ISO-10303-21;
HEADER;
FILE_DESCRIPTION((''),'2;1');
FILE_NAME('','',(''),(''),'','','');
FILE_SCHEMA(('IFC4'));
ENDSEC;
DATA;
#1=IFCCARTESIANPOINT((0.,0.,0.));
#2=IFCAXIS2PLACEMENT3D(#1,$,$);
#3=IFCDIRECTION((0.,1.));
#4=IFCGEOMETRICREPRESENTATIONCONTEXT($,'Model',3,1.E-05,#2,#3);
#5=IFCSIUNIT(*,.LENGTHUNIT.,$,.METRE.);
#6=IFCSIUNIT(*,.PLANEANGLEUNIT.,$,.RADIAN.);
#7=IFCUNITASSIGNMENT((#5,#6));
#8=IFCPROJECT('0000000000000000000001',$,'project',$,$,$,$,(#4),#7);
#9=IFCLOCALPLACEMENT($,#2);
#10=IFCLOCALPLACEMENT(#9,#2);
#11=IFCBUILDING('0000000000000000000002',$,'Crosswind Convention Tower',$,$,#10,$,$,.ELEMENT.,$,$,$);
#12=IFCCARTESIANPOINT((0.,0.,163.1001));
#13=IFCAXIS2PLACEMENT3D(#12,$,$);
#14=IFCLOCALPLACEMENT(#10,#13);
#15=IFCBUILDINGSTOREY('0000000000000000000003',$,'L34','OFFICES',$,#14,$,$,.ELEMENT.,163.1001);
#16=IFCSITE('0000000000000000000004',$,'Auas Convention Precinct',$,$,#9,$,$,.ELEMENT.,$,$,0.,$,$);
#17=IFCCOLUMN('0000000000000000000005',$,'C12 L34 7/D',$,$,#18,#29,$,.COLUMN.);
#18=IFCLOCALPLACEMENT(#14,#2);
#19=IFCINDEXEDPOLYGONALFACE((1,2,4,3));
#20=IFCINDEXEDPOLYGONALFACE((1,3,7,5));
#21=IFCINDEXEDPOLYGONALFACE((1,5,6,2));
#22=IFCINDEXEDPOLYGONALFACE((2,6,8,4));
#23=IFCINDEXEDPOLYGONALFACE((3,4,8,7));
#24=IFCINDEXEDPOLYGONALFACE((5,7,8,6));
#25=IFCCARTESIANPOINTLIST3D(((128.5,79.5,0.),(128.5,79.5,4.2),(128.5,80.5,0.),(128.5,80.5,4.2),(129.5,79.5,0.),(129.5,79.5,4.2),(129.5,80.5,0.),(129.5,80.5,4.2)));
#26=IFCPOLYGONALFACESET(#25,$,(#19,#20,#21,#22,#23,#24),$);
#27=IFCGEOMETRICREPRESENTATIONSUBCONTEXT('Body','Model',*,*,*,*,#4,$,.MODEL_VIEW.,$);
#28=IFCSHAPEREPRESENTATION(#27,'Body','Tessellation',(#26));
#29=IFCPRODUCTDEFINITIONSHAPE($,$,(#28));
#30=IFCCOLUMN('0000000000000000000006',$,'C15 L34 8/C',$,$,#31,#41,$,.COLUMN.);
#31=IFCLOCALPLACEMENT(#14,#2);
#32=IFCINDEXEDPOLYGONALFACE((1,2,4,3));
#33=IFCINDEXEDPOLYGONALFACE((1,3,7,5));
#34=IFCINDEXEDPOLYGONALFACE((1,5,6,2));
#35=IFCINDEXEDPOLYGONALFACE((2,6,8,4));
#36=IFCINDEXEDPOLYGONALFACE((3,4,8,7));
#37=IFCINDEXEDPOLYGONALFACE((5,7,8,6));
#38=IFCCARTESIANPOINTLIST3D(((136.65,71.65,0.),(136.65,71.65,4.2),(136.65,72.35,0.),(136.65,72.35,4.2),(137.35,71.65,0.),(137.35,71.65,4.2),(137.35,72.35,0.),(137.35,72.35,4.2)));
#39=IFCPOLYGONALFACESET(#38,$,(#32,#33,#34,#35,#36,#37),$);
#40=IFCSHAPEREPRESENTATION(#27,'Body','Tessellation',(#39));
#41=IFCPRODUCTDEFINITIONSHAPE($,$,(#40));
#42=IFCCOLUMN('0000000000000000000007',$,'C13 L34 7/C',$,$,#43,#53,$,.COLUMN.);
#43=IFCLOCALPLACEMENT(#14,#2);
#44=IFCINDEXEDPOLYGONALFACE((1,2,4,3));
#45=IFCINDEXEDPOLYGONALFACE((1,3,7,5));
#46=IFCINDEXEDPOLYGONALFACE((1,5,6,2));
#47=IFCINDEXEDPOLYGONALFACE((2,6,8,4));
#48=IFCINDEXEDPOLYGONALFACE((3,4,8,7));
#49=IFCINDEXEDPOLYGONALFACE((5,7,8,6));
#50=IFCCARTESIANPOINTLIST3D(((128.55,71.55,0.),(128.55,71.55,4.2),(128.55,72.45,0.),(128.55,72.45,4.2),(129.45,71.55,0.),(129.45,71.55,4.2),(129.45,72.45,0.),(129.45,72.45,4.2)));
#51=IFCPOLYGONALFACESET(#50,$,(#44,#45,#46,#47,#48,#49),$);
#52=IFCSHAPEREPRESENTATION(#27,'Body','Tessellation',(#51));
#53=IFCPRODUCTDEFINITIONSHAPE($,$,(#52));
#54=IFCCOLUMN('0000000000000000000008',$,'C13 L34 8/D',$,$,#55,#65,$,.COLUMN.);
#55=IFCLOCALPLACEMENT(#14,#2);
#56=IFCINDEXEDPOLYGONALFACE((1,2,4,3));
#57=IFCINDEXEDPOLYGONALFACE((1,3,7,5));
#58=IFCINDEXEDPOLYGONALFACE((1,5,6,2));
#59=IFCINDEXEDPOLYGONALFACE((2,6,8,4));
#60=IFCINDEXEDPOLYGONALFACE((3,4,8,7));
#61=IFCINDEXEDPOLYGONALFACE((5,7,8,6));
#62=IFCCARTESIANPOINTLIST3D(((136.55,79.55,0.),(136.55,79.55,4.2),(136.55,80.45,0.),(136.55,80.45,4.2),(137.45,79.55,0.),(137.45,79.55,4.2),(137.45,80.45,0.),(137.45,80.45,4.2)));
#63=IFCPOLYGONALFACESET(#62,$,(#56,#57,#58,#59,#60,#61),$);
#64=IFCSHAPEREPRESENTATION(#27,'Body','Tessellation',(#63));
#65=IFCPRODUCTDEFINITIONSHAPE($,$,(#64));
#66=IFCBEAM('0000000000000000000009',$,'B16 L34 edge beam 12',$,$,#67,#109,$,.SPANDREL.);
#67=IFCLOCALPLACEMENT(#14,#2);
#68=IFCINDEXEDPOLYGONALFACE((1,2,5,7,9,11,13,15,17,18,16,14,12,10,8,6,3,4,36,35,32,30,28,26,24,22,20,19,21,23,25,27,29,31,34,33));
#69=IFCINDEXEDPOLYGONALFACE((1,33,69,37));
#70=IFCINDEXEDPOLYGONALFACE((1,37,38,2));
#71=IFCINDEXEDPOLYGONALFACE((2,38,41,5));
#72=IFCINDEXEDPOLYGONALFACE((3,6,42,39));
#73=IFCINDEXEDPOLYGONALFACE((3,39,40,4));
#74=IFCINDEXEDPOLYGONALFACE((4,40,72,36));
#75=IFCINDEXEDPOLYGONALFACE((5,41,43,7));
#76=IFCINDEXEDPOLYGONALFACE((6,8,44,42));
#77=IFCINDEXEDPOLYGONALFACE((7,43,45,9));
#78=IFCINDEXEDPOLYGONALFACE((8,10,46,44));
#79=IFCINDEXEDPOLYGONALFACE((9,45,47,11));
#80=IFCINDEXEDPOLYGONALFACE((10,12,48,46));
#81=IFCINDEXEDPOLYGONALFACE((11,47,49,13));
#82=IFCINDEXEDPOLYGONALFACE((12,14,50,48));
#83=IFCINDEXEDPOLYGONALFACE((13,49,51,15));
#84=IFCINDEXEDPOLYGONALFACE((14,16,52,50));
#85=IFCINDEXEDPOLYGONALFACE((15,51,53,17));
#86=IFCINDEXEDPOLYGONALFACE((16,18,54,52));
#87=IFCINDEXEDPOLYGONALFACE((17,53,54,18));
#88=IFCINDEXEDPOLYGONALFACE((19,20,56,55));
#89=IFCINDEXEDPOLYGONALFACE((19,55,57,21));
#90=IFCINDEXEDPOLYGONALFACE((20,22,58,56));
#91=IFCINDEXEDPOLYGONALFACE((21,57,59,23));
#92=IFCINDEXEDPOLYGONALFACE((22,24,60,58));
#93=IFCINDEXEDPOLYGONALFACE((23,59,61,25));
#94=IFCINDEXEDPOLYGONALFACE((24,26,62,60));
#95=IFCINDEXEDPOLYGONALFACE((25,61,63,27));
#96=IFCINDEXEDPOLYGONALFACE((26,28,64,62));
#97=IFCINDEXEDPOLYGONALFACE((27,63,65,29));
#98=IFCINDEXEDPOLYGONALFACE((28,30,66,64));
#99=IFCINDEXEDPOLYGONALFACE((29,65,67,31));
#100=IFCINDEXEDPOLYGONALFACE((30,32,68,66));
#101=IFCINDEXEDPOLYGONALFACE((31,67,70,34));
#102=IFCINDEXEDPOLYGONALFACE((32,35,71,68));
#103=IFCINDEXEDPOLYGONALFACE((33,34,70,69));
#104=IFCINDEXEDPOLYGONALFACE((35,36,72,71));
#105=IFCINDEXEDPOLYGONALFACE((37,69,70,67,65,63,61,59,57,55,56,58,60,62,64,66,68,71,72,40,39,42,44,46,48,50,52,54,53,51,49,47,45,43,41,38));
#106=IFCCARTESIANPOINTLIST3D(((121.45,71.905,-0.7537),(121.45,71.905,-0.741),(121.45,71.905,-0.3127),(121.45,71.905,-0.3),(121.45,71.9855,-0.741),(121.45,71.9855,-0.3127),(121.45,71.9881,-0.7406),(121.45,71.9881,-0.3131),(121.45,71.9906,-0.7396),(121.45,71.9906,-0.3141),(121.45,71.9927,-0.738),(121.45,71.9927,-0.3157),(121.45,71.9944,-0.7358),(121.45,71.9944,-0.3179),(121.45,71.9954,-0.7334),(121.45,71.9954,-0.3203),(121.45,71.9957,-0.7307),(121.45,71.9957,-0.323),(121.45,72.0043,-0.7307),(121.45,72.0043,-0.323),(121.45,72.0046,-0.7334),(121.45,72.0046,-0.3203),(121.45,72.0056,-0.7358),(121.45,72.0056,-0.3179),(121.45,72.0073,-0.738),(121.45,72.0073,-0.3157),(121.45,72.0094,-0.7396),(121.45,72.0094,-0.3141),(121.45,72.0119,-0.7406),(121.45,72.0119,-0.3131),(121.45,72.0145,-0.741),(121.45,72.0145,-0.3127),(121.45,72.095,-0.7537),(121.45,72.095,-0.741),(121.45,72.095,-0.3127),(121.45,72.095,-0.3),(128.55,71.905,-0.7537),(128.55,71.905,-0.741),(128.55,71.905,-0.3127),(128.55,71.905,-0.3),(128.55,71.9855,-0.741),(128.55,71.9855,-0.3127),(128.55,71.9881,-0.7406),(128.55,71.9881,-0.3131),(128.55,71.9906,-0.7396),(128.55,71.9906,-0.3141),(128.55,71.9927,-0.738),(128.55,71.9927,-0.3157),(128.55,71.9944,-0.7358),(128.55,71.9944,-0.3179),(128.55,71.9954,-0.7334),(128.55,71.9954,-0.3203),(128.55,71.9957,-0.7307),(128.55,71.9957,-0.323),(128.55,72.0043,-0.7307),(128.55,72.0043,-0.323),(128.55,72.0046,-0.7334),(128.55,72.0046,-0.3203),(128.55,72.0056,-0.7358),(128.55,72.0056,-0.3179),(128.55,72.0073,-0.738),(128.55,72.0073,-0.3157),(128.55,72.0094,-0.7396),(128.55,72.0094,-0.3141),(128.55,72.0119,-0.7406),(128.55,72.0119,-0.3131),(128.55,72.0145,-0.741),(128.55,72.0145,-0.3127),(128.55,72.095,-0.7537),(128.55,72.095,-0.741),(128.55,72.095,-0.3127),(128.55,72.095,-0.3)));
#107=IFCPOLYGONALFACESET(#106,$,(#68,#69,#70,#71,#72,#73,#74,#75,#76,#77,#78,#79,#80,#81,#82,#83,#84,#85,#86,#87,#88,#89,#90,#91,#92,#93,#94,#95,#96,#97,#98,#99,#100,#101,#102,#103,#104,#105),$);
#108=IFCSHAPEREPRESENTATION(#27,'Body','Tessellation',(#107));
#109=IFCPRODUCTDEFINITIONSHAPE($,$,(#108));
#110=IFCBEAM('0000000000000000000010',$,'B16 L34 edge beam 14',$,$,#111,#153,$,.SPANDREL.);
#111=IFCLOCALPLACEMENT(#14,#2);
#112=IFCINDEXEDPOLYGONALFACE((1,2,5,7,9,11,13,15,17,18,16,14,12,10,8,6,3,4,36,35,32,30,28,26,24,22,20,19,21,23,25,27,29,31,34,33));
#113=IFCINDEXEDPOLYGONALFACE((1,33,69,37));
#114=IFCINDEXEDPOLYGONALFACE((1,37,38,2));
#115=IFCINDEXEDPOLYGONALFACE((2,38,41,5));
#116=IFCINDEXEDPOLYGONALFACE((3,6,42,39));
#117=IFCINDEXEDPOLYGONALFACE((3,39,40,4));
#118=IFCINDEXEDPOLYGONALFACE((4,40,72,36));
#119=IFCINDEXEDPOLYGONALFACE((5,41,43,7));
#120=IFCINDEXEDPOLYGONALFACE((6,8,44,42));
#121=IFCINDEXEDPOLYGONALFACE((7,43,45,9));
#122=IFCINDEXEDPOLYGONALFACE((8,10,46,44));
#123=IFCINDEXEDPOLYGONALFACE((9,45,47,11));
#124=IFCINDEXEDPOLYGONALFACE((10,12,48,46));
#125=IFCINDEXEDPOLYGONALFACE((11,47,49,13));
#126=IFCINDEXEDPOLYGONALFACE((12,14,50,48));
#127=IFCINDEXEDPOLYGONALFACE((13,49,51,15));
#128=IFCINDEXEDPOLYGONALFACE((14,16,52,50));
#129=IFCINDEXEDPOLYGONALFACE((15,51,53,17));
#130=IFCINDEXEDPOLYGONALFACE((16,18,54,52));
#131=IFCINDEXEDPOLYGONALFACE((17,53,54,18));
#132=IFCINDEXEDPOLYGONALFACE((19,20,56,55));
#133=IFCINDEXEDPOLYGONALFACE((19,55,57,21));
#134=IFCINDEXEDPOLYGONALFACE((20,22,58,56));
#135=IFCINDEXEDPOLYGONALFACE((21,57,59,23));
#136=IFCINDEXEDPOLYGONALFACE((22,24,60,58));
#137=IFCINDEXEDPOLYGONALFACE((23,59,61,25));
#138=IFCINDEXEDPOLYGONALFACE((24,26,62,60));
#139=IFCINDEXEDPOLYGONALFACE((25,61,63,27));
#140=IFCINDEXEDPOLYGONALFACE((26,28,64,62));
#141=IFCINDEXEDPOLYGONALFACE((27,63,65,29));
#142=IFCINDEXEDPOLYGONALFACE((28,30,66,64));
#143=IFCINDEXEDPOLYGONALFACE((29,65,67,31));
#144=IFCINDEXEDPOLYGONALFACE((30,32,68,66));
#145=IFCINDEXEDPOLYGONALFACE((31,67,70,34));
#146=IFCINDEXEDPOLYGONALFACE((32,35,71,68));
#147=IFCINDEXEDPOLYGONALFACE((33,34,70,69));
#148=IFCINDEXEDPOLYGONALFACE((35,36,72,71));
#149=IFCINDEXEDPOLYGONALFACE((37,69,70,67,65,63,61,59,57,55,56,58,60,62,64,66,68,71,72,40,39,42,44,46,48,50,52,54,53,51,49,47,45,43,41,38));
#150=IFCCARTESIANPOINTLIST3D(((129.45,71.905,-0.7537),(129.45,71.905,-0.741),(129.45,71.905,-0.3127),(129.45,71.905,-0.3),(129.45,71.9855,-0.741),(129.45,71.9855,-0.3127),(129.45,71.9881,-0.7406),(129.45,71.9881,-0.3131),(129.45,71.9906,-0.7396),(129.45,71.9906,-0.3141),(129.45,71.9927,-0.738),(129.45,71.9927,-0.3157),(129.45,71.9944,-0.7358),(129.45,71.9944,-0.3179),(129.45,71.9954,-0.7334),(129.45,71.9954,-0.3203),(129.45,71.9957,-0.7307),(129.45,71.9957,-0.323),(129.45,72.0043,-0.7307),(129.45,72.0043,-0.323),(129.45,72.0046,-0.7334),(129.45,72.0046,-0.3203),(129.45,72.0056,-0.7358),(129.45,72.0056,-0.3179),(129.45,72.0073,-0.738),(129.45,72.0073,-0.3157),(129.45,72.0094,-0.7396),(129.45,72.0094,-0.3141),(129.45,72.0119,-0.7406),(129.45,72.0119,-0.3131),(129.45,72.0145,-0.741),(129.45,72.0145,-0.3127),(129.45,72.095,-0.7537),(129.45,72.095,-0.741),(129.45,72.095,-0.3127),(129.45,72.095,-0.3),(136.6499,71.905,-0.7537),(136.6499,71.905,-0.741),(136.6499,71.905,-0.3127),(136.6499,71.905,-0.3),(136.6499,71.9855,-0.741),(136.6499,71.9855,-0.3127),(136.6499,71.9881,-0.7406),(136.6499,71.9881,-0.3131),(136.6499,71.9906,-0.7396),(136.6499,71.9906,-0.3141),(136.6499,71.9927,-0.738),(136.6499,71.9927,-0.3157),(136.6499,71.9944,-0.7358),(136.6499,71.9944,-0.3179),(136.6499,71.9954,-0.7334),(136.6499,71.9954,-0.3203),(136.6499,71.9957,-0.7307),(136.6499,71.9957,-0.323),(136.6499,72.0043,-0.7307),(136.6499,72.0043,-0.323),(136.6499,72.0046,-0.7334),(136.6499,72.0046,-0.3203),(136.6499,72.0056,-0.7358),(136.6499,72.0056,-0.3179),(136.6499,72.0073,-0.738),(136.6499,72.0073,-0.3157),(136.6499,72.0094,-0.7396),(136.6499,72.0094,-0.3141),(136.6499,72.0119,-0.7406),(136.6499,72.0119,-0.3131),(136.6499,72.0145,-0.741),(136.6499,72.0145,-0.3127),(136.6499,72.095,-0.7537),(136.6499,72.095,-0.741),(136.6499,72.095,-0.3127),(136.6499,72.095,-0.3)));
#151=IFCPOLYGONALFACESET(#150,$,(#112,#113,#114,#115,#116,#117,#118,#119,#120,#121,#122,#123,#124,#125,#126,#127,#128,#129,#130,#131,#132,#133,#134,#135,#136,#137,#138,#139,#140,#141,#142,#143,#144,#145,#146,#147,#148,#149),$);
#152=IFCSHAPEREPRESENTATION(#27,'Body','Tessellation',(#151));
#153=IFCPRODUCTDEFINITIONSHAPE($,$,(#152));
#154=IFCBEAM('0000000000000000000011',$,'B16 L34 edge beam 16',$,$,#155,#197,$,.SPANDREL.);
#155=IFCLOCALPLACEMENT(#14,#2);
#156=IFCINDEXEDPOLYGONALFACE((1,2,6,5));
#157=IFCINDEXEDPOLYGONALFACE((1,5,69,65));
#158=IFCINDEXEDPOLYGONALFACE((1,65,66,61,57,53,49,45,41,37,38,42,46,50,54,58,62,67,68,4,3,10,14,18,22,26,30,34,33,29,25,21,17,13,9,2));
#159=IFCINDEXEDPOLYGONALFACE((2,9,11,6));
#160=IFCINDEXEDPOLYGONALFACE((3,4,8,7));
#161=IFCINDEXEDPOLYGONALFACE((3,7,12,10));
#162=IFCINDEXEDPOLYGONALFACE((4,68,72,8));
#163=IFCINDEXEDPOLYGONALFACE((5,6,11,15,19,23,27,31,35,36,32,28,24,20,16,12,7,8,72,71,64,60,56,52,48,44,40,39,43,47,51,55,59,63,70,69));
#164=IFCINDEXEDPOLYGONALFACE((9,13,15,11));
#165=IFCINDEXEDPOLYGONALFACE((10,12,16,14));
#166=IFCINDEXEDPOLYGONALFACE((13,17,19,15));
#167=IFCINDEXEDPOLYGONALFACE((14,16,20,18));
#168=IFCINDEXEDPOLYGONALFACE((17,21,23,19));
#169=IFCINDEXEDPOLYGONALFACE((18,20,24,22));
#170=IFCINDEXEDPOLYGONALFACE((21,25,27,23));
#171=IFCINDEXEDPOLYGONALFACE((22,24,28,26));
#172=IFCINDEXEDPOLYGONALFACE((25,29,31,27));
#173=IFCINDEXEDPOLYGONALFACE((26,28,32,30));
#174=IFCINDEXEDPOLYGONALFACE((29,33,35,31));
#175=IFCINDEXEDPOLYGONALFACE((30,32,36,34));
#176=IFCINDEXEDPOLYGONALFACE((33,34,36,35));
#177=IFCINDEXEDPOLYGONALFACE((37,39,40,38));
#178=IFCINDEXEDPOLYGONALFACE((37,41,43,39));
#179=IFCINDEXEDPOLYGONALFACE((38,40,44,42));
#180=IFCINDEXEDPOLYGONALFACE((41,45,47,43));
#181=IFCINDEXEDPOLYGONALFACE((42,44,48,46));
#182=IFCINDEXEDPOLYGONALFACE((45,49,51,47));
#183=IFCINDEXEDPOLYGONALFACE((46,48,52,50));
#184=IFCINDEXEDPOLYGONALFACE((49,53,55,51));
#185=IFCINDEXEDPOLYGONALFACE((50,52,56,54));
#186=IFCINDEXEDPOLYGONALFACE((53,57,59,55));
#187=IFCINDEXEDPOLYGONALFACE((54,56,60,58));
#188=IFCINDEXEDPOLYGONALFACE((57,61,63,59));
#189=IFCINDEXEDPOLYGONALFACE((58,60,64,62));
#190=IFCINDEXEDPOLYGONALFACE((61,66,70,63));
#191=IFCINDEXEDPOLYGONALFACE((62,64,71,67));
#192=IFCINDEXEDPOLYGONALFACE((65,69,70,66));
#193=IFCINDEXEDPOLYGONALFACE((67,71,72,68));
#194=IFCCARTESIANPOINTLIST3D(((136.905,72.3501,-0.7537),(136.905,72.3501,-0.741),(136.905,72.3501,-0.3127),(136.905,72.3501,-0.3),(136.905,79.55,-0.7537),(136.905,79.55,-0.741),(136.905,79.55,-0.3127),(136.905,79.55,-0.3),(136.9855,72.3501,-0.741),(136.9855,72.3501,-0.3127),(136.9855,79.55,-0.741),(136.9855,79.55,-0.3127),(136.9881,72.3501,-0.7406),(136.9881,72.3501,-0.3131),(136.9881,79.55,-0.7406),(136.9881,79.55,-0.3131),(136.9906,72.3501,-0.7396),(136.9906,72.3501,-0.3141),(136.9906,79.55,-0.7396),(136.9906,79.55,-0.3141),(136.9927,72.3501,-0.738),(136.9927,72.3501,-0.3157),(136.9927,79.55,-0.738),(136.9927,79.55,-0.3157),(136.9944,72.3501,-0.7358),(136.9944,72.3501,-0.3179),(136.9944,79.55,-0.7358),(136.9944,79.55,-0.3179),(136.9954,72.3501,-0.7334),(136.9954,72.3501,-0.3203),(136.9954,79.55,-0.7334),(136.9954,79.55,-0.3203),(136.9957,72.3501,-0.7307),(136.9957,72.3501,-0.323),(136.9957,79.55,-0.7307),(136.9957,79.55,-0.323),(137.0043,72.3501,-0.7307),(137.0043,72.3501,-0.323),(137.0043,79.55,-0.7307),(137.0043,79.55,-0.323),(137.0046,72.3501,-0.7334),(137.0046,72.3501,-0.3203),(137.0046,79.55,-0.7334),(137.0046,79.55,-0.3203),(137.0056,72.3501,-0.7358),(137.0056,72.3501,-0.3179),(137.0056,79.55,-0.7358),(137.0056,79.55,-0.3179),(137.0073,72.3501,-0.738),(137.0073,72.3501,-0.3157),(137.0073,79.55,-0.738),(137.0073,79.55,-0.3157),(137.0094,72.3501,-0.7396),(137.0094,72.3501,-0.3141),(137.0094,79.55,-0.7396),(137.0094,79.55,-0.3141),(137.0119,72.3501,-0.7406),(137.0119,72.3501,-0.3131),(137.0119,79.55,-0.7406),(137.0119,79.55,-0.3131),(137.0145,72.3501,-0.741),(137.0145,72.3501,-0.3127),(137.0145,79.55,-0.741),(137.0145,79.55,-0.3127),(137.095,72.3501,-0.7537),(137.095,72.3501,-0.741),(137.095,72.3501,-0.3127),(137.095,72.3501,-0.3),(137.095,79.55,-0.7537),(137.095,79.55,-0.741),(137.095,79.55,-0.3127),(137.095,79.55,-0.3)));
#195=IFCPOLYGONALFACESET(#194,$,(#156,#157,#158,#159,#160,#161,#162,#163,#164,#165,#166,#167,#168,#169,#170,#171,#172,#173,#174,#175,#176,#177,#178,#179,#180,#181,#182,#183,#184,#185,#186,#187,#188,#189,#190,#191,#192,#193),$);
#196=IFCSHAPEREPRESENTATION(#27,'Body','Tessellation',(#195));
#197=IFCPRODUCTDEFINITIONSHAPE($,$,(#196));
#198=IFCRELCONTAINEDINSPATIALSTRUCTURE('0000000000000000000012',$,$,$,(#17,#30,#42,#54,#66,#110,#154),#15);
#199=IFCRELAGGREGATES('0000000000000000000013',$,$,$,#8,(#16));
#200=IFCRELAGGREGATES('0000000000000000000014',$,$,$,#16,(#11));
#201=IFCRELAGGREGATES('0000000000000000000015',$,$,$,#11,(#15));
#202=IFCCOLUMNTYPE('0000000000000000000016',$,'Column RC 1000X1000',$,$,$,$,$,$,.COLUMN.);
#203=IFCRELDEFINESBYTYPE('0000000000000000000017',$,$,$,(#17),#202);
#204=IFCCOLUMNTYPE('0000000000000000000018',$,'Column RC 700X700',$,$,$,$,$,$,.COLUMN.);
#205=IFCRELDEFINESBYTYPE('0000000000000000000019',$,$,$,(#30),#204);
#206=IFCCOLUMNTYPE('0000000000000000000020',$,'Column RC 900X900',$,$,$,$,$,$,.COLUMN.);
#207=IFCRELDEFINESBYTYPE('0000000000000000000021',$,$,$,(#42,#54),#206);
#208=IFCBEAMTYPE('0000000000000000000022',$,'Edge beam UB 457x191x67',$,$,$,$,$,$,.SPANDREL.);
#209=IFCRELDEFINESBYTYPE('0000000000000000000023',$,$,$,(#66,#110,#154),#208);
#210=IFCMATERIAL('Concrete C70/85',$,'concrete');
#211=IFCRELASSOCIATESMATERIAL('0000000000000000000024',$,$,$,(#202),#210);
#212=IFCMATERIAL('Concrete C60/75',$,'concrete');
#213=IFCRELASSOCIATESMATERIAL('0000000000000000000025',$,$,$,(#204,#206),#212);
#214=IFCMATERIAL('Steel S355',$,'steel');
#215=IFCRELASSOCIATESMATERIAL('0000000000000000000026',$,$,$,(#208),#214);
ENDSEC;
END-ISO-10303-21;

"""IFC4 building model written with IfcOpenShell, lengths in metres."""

from ifc_helpers import new_model, si_unit, direction, frame, origin, origin_2d, place, context, subcontext, project, spatial, rectangle, i_section, extrude, material, material_profile, profile_set, type_object, element, save


model = new_model("IFC4")

# Units and contexts
model_context = context("Model", 3, precision=1e-05, world=origin(), true_north=direction((0.0, 1.0)))
body_context = subcontext(model_context, "Body", "Model", "MODEL_VIEW")
ifc_project = project(units=[si_unit("LENGTHUNIT", "METRE"), si_unit("PLANEANGLEUNIT", "RADIAN")], contexts=[model_context])

# Site, building, storey
site_placement = place(None, origin())
site = spatial("IfcSite", under=ifc_project, at=site_placement, Name="Auas Convention Precinct", CompositionType="ELEMENT", RefElevation=0.0)
building_placement = place(site_placement, origin())
building = spatial("IfcBuilding", under=site, at=building_placement, Name="Crosswind Convention Tower", CompositionType="ELEMENT")
storey_placement = place(building_placement, frame((0.0, 0.0, 163.1001)))
storey = spatial("IfcBuildingStorey", under=building, at=storey_placement, Name="L34", Description="OFFICES", CompositionType="ELEMENT", Elevation=163.1001)

# Columns
ifc_material_1 = material(Name="Concrete C70/85", Category="concrete")
ifc_material_profile_1 = material_profile(ifc_material_1, rectangle(XDim=1.0, YDim=1.0, at=origin_2d()), Name="RC 1000X1000")
ifc_profile_set_1 = profile_set([ifc_material_profile_1], Name="Concrete C70/85")
column_type_1 = type_object("IfcColumnType", Name="Column RC 1000X1000", PredefinedType="COLUMN", material=ifc_profile_set_1)
column_1_placement = place(storey_placement, frame((129.0, 80.0, 0.0), z_axis=(0.0, 0.0, 1.0), x_axis=(1.0, 0.0, 0.0)))
element("IfcColumn", 1, at=column_1_placement, inside=storey, type_object=column_type_1, Name="C12 L34 7/D", PredefinedType="COLUMN", context=body_context, shape_type="SweptSolid", body=[
    extrude(rectangle(XDim=1.0, YDim=1.0, at=origin_2d()), origin(), (0.0, 0.0, 1.0), 4.2),
])
ifc_material_2 = material(Name="Concrete C60/75", Category="concrete")
ifc_material_profile_2 = material_profile(ifc_material_2, rectangle(XDim=0.7, YDim=0.7, at=origin_2d()), Name="RC 700X700")
ifc_profile_set_2 = profile_set([ifc_material_profile_2], Name="Concrete C60/75")
column_type_2 = type_object("IfcColumnType", Name="Column RC 700X700", PredefinedType="COLUMN", material=ifc_profile_set_2)
column_2_placement = place(storey_placement, frame((137.0, 72.0, 0.0), z_axis=(0.0, 0.0, 1.0), x_axis=(1.0, 0.0, 0.0)))
element("IfcColumn", 2, at=column_2_placement, inside=storey, type_object=column_type_2, Name="C15 L34 8/C", PredefinedType="COLUMN", context=body_context, shape_type="SweptSolid", body=[
    extrude(rectangle(XDim=0.7, YDim=0.7, at=origin_2d()), origin(), (0.0, 0.0, 1.0), 4.2),
])
ifc_material_profile_3 = material_profile(ifc_material_2, rectangle(XDim=0.8999, YDim=0.8999, at=origin_2d()), Name="RC 900X900")
ifc_profile_set_3 = profile_set([ifc_material_profile_3], Name="Concrete C60/75")
column_type_3 = type_object("IfcColumnType", Name="Column RC 900X900", PredefinedType="COLUMN", material=ifc_profile_set_3)
for number, where, z_axis, x_axis, name in (
    (3, (129.0, 72.0, 0.0), (0.0, 0.0, 1.0), (1.0, 0.0, 0.0), "C13 L34 7/C"),
    (4, (137.0, 80.0, 0.0), (0.0, 0.0, 1.0), (1.0, 0.0, 0.0), "C13 L34 8/D"),
):
    element("IfcColumn", number, at=place(storey_placement, frame(where, z_axis=z_axis, x_axis=x_axis)), inside=storey, type_object=column_type_3, Name=name, PredefinedType="COLUMN", context=body_context, shape_type="SweptSolid", body=[
        extrude(rectangle(XDim=0.8999, YDim=0.8999, at=origin_2d()), origin(), (0.0, 0.0, 1.0), 4.2),
    ])

# Beams
ifc_material_3 = material(Name="Steel S355", Category="steel")
ifc_material_profile_4 = material_profile(ifc_material_3, i_section(OverallWidth=0.1899, OverallDepth=0.4536, WebThickness=0.0085, FlangeThickness=0.0127, FilletRadius=0.0103, at=origin_2d()), Name="UB 457x191x67")
ifc_profile_set_4 = profile_set([ifc_material_profile_4], Name="Steel S355")
beam_type_1 = type_object("IfcBeamType", Name="Edge beam UB 457x191x67", PredefinedType="SPANDREL", material=ifc_profile_set_4)
beam_1_placement = place(storey_placement, frame((121.45, 72.0, -0.5269), z_axis=(1.0, 0.0, 0.0), x_axis=(0.0, 1.0, 0.0)))
element("IfcBeam", 5, at=beam_1_placement, inside=storey, type_object=beam_type_1, Name="B16 L34 edge beam 12", PredefinedType="SPANDREL", context=body_context, shape_type="SweptSolid", body=[
    extrude(i_section(OverallWidth=0.1899, OverallDepth=0.4536, WebThickness=0.0085, FlangeThickness=0.0127, FilletRadius=0.0103, at=origin_2d()), origin(), (0.0, 0.0, 1.0), 7.1001),
])
for number, where, z_axis, x_axis, name in (
    (6, (129.45, 72.0, -0.5269), (1.0, 0.0, 0.0), (0.0, 1.0, 0.0), "B16 L34 edge beam 14"),
    (7, (137.0, 72.3501, -0.5269), (0.0, 1.0, 0.0), (-1.0, 0.0, 0.0), "B16 L34 edge beam 16"),
):
    element("IfcBeam", number, at=place(storey_placement, frame(where, z_axis=z_axis, x_axis=x_axis)), inside=storey, type_object=beam_type_1, Name=name, PredefinedType="SPANDREL", context=body_context, shape_type="SweptSolid", body=[
        extrude(i_section(OverallWidth=0.1899, OverallDepth=0.4536, WebThickness=0.0085, FlangeThickness=0.0127, FilletRadius=0.0103, at=origin_2d()), origin(), (0.0, 0.0, 1.0), 7.2),
    ])

save(model, "model.ifc")
